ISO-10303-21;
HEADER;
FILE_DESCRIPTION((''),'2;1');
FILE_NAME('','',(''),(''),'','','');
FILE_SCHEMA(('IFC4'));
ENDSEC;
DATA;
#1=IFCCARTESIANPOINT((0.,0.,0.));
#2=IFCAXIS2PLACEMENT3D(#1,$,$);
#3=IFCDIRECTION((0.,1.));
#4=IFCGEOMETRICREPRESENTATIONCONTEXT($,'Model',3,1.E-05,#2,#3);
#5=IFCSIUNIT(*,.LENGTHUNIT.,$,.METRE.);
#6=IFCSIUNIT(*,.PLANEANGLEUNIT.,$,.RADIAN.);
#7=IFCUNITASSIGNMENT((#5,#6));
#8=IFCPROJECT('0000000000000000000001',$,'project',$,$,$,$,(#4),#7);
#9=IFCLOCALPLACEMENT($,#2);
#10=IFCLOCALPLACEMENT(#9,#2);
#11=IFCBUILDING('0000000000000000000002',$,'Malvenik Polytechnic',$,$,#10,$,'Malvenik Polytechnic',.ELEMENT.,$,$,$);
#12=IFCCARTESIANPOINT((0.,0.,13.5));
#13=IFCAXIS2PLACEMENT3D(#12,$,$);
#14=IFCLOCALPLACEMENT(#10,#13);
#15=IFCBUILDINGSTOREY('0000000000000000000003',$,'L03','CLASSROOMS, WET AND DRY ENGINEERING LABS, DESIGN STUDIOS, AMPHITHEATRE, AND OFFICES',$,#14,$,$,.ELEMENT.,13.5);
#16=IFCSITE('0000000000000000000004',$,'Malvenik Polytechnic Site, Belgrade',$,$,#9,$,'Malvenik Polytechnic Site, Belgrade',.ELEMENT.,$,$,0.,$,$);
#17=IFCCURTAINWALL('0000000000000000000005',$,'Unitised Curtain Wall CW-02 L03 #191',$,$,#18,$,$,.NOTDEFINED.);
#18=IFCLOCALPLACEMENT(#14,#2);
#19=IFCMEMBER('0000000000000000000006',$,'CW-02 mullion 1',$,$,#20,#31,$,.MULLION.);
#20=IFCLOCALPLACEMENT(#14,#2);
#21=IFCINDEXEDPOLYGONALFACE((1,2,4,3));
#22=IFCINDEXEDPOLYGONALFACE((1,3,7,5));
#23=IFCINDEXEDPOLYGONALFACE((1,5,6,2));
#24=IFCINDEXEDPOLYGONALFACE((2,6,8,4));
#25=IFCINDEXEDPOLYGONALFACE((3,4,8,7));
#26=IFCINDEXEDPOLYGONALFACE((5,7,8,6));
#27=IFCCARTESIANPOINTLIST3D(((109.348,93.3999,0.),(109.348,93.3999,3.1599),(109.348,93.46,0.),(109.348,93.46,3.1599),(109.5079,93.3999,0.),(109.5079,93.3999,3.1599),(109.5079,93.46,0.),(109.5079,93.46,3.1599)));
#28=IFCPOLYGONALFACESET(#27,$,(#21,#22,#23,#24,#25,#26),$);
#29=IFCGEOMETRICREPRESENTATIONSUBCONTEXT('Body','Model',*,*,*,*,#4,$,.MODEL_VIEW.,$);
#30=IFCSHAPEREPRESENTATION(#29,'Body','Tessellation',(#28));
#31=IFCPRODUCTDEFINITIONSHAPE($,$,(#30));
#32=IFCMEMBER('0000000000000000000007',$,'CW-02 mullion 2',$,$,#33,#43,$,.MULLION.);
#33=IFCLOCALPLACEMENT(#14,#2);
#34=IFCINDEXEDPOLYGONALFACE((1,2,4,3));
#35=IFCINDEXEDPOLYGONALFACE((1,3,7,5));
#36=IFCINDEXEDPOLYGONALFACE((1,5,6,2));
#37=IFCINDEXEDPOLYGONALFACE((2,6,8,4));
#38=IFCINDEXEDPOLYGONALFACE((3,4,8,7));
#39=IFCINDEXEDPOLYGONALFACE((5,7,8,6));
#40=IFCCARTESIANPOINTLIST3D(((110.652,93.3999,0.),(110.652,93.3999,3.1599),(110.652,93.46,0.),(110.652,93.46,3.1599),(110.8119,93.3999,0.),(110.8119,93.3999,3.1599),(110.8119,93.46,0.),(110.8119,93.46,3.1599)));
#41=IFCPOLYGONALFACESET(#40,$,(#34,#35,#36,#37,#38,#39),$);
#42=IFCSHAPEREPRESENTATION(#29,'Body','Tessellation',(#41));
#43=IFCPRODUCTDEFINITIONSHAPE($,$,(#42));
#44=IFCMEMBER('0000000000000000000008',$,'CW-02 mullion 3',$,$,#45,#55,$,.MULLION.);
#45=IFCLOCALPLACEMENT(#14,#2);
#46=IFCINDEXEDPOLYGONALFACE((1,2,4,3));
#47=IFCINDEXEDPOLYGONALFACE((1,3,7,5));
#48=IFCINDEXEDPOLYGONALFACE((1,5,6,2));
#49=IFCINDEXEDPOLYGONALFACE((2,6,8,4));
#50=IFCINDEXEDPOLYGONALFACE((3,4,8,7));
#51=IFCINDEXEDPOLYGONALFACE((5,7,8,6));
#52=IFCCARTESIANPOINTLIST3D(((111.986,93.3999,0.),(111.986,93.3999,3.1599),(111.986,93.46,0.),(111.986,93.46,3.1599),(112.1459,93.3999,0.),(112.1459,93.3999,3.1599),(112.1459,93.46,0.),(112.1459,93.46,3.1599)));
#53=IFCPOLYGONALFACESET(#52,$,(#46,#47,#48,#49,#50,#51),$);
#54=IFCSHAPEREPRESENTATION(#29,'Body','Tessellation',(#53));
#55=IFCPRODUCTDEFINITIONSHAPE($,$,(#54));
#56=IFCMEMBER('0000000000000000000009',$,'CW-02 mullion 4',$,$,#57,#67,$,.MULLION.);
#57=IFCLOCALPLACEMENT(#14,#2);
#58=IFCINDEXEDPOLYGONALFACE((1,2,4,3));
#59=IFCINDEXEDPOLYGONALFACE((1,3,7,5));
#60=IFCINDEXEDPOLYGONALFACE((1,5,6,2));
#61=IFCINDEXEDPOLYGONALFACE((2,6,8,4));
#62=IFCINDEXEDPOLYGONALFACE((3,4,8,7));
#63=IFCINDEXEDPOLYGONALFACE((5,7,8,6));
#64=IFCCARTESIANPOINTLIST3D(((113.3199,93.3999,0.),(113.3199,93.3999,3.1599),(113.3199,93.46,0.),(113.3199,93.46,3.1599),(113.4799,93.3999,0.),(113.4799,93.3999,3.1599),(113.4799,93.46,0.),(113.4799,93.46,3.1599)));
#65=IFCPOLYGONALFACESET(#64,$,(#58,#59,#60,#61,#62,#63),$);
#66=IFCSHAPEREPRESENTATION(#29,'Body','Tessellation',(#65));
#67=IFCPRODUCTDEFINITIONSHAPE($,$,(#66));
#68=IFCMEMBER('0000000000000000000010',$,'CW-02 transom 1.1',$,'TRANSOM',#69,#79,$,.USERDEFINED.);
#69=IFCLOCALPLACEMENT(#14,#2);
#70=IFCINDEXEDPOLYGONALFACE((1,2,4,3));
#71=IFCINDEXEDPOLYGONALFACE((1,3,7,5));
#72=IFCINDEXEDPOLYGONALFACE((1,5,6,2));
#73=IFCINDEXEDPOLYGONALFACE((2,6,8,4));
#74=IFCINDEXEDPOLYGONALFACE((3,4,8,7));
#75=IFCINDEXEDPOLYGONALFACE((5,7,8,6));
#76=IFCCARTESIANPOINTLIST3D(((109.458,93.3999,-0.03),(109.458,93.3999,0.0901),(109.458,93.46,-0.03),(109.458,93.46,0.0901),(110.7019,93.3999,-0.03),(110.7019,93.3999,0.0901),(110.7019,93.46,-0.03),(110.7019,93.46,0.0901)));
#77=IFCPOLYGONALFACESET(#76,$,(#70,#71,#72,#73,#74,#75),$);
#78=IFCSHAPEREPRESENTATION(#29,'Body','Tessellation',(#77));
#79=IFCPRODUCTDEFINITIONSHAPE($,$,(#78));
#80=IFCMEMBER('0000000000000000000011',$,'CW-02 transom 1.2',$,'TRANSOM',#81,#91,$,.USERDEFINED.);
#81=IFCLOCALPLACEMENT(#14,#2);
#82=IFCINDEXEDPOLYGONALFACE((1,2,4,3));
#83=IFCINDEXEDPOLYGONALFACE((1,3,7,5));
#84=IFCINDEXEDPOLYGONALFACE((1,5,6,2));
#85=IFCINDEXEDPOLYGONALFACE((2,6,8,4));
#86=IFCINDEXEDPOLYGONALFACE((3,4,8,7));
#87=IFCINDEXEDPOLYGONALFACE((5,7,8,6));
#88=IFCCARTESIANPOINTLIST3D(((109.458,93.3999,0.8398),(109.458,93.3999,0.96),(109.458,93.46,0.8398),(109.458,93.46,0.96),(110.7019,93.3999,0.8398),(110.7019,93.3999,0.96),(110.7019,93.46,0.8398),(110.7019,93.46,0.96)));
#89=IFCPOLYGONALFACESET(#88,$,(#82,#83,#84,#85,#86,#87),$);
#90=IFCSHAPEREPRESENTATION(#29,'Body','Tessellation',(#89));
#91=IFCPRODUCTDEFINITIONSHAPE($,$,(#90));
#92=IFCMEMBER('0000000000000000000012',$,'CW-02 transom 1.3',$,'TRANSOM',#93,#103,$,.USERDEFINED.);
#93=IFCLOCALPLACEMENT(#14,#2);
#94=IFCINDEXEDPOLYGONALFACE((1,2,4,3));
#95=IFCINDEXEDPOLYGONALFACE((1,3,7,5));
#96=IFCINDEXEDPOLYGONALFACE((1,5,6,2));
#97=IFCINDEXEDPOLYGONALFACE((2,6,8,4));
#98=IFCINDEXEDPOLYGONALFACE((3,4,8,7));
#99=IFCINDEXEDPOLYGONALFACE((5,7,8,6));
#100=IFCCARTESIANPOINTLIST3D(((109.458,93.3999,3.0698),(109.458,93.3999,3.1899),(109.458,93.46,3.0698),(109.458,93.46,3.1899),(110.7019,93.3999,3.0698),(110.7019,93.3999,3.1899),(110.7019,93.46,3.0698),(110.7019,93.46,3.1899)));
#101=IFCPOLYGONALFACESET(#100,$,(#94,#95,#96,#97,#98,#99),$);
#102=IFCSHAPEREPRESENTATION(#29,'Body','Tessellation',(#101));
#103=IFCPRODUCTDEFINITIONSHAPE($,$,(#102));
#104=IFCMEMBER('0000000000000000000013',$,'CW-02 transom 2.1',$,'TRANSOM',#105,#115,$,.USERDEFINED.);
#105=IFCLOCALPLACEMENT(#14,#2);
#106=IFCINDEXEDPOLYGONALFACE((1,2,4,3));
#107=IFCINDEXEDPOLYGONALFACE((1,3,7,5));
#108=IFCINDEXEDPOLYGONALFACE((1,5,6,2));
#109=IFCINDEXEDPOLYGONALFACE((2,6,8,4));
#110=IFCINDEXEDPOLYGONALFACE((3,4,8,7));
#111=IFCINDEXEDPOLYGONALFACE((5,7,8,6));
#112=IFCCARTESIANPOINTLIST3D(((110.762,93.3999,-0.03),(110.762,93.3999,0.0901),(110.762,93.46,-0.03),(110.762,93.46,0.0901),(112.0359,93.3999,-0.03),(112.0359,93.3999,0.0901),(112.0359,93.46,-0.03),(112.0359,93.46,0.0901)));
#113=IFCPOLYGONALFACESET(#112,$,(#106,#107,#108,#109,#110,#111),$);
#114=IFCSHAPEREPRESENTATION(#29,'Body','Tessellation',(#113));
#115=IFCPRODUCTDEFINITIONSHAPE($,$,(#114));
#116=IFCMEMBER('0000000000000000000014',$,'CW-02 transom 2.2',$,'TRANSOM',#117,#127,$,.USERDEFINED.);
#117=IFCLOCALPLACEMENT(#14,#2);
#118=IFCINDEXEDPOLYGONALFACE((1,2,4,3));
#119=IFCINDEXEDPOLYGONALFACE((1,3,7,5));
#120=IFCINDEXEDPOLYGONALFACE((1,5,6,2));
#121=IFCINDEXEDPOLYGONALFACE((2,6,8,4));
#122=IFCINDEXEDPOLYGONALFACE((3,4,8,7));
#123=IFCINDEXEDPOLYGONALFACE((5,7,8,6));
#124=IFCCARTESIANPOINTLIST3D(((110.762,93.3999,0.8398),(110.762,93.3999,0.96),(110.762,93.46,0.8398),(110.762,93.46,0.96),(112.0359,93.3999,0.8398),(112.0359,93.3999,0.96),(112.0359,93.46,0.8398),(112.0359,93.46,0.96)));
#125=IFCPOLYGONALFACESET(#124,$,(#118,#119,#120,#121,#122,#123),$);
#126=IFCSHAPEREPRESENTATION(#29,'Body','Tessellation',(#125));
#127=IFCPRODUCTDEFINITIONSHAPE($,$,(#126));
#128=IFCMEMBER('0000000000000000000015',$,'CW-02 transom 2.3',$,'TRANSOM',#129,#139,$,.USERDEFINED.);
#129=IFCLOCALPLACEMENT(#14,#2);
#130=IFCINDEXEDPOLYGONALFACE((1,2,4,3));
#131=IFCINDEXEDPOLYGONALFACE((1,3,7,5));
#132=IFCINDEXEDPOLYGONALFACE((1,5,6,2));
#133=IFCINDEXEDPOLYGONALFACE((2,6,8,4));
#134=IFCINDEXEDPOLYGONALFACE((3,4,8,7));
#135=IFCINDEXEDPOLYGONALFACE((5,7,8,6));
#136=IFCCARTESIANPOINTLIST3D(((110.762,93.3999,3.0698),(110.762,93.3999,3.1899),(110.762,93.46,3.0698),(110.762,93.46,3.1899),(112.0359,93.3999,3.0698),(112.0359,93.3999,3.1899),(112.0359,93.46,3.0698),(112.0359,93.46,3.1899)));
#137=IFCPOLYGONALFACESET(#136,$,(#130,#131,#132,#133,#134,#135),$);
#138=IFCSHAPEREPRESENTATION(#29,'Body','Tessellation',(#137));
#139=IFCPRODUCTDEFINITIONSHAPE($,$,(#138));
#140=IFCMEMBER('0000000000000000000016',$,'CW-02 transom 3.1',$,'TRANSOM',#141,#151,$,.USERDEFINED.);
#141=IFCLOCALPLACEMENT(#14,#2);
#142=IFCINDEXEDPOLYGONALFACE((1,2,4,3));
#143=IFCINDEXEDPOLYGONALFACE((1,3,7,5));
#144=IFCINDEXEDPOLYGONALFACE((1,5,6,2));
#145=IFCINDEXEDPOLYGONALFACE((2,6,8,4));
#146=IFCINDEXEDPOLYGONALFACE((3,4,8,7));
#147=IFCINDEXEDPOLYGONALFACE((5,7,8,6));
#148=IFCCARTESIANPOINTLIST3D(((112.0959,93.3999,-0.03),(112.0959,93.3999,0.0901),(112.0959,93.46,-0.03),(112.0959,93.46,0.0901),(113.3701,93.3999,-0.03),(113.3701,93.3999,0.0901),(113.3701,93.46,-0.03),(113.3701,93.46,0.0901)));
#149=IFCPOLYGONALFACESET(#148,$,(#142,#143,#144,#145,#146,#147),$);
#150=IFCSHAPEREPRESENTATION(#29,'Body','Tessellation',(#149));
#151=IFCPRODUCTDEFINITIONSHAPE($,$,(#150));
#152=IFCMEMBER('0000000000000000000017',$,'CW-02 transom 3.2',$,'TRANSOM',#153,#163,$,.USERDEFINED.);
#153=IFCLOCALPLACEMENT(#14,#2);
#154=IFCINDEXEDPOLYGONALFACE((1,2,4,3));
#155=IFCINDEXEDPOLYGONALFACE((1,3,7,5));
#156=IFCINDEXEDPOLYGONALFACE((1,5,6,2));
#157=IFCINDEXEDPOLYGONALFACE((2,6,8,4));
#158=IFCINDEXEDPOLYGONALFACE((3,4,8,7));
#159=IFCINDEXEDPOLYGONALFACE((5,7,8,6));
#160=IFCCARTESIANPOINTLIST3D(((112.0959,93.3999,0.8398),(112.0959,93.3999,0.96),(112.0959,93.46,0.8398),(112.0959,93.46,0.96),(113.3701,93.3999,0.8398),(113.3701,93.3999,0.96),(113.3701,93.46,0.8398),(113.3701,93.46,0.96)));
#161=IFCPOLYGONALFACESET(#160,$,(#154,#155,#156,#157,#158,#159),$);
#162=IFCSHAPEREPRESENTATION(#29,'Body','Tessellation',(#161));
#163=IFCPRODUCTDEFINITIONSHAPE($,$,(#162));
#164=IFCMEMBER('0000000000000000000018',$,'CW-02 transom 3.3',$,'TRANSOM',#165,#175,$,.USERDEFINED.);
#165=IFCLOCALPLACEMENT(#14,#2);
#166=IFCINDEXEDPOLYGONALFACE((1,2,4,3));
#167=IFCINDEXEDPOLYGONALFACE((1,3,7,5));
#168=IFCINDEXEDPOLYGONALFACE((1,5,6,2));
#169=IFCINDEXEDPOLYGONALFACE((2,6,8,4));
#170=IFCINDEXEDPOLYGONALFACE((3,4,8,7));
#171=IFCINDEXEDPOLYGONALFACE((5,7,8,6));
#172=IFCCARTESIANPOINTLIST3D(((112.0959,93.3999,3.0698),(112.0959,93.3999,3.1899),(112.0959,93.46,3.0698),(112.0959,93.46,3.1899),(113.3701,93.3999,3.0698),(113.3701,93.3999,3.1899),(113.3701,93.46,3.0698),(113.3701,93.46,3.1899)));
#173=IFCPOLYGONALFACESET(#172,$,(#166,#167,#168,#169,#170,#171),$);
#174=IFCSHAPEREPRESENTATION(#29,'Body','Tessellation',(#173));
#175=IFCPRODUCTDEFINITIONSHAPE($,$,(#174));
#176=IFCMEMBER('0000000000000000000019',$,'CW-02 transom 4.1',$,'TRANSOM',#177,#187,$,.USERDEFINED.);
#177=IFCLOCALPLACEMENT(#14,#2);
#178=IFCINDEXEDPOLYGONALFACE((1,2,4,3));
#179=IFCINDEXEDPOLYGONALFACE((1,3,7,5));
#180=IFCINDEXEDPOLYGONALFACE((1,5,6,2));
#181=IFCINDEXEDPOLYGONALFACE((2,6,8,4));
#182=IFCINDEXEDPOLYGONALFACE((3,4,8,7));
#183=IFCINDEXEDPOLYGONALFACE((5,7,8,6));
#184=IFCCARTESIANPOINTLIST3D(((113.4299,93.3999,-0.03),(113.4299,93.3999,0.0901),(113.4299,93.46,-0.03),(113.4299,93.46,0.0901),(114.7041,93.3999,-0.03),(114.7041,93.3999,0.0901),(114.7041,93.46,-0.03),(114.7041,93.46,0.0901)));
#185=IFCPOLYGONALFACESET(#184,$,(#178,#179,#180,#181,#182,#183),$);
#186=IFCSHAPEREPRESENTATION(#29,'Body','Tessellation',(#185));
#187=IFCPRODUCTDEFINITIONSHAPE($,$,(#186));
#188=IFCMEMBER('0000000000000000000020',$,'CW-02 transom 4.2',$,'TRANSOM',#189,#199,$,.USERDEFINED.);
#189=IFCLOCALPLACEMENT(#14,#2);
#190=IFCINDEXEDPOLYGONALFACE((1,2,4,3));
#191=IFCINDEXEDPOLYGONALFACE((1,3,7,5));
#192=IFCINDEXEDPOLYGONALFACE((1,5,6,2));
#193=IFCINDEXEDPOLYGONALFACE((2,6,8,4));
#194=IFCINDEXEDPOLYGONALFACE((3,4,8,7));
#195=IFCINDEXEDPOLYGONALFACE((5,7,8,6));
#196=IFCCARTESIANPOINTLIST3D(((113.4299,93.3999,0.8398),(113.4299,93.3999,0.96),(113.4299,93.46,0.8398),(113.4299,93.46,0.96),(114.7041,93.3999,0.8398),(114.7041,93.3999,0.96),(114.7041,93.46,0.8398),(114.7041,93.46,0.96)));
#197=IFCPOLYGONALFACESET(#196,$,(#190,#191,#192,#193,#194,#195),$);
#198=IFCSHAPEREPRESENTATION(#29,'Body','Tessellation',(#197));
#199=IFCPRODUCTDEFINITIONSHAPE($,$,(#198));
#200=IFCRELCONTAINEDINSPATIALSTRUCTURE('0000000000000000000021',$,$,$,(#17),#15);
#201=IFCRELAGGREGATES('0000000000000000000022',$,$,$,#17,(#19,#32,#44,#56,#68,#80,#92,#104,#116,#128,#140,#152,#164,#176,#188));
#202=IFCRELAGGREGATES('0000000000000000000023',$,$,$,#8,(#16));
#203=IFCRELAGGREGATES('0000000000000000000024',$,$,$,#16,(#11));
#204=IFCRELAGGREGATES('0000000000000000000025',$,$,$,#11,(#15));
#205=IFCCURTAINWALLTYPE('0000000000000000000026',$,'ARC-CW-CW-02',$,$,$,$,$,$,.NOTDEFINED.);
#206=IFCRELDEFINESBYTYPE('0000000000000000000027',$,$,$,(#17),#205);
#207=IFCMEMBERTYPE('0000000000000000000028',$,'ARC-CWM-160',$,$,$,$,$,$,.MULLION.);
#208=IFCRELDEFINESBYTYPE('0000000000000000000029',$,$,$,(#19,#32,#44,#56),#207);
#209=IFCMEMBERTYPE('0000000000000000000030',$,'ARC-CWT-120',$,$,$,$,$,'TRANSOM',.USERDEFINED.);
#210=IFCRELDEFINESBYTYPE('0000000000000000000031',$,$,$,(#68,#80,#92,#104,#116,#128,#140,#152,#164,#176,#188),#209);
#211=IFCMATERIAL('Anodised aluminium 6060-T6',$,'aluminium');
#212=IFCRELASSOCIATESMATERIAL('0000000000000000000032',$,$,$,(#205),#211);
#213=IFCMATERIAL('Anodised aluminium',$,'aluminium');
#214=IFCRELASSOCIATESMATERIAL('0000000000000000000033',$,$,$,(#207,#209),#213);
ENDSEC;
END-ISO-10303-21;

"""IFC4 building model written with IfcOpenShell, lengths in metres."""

from ifc_helpers import new_model, si_unit, direction, frame, origin, origin_2d, place, context, subcontext, project, spatial, rectangle, extrude, material, material_profile, profile_set, type_object, element, aggregate, save


model = new_model("IFC4")

# Units and contexts
model_context = context("Model", 3, precision=1e-05, world=origin(), true_north=direction((0.0, 1.0)))
body_context = subcontext(model_context, "Body", "Model", "MODEL_VIEW")
ifc_project = project(units=[si_unit("LENGTHUNIT", "METRE"), si_unit("PLANEANGLEUNIT", "RADIAN")], contexts=[model_context])

# Site, building, storey
site_placement = place(None, origin())
site = spatial("IfcSite", under=ifc_project, at=site_placement, Name="Malvenik Polytechnic Site, Belgrade", LongName="Malvenik Polytechnic Site, Belgrade", CompositionType="ELEMENT", RefElevation=0.0)
building_placement = place(site_placement, origin())
building = spatial("IfcBuilding", under=site, at=building_placement, Name="Malvenik Polytechnic", LongName="Malvenik Polytechnic", CompositionType="ELEMENT")
storey_placement = place(building_placement, frame((0.0, 0.0, 13.5)))
storey = spatial("IfcBuildingStorey", under=building, at=storey_placement, Name="L03", Description="CLASSROOMS, WET AND DRY ENGINEERING LABS, DESIGN STUDIOS, AMPHITHEATRE, AND OFFICES", CompositionType="ELEMENT", Elevation=13.5)

# Curtain wall, members
ifc_material_1 = material(Name="Anodised aluminium 6060-T6", Category="aluminium")
curtain_wall_type = type_object("IfcCurtainWallType", Name="ARC-CW-CW-02", PredefinedType="NOTDEFINED", material=ifc_material_1)
curtain_wall_placement = place(storey_placement, origin())
curtain_wall = element("IfcCurtainWall", 1, at=curtain_wall_placement, inside=storey, type_object=curtain_wall_type, Name="Unitised Curtain Wall CW-02 L03 #191", PredefinedType="NOTDEFINED")
ifc_material_2 = material(Name="Anodised aluminium", Category="aluminium")
ifc_material_profile_1 = material_profile(ifc_material_2, rectangle(XDim=0.0601, YDim=0.1599, at=origin_2d()), Name="ALU MULLION 60x160")
ifc_profile_set_1 = profile_set([ifc_material_profile_1], Name="Anodised aluminium")
member_type_1 = type_object("IfcMemberType", Name="ARC-CWM-160", PredefinedType="MULLION", material=ifc_profile_set_1)
member_1_placement = place(storey_placement, frame((109.428, 93.4299, 0.0), z_axis=(0.0, 0.0, 1.0), x_axis=(0.0, 1.0, 0.0)))
member_1 = element("IfcMember", 2, at=member_1_placement, type_object=member_type_1, Name="CW-02 mullion 1", PredefinedType="MULLION", context=body_context, shape_type="SweptSolid", body=[
    extrude(rectangle(XDim=0.0601, YDim=0.1599, at=origin_2d()), origin(), (0.0, 0.0, 1.0), 3.1599),
])
member_2_placement = place(storey_placement, frame((110.7319, 93.4299, 0.0), z_axis=(0.0, 0.0, 1.0), x_axis=(0.0, 1.0, 0.0)))
member_2 = element("IfcMember", 3, at=member_2_placement, type_object=member_type_1, Name="CW-02 mullion 2", PredefinedType="MULLION", context=body_context, shape_type="SweptSolid", body=[
    extrude(rectangle(XDim=0.0601, YDim=0.1599, at=origin_2d()), origin(), (0.0, 0.0, 1.0), 3.1599),
])
member_3_placement = place(storey_placement, frame((112.0659, 93.4299, 0.0), z_axis=(0.0, 0.0, 1.0), x_axis=(0.0, 1.0, 0.0)))
member_3 = element("IfcMember", 4, at=member_3_placement, type_object=member_type_1, Name="CW-02 mullion 3", PredefinedType="MULLION", context=body_context, shape_type="SweptSolid", body=[
    extrude(rectangle(XDim=0.0601, YDim=0.1599, at=origin_2d()), origin(), (0.0, 0.0, 1.0), 3.1599),
])
member_4_placement = place(storey_placement, frame((113.3999, 93.4299, 0.0), z_axis=(0.0, 0.0, 1.0), x_axis=(0.0, 1.0, 0.0)))
member_4 = element("IfcMember", 5, at=member_4_placement, type_object=member_type_1, Name="CW-02 mullion 4", PredefinedType="MULLION", context=body_context, shape_type="SweptSolid", body=[
    extrude(rectangle(XDim=0.0601, YDim=0.1599, at=origin_2d()), origin(), (0.0, 0.0, 1.0), 3.1599),
])
ifc_material_profile_2 = material_profile(ifc_material_2, rectangle(XDim=0.0601, YDim=0.1201, at=origin_2d()), Name="ALU TRANSOM 60x120")
ifc_profile_set_2 = profile_set([ifc_material_profile_2], Name="Anodised aluminium")
member_type_2 = type_object("IfcMemberType", Name="ARC-CWT-120", ElementType="TRANSOM", PredefinedType="USERDEFINED", material=ifc_profile_set_2)
member_5_placement = place(storey_placement, frame((109.458, 93.4299, 0.03), z_axis=(1.0, 0.0, 0.0), x_axis=(0.0, 1.0, 0.0)))
member_5 = element("IfcMember", 6, at=member_5_placement, type_object=member_type_2, Name="CW-02 transom 1.1", ObjectType="TRANSOM", PredefinedType="USERDEFINED", context=body_context, shape_type="SweptSolid", body=[
    extrude(rectangle(XDim=0.0601, YDim=0.1201, at=origin_2d()), origin(), (0.0, 0.0, 1.0), 1.2439),
])
member_6_placement = place(storey_placement, frame((109.458, 93.4299, 0.8999), z_axis=(1.0, 0.0, 0.0), x_axis=(0.0, 1.0, 0.0)))
member_6 = element("IfcMember", 7, at=member_6_placement, type_object=member_type_2, Name="CW-02 transom 1.2", ObjectType="TRANSOM", PredefinedType="USERDEFINED", context=body_context, shape_type="SweptSolid", body=[
    extrude(rectangle(XDim=0.0601, YDim=0.1201, at=origin_2d()), origin(), (0.0, 0.0, 1.0), 1.2439),
])
member_7_placement = place(storey_placement, frame((109.458, 93.4299, 3.1299), z_axis=(1.0, 0.0, 0.0), x_axis=(0.0, 1.0, 0.0)))
member_7 = element("IfcMember", 8, at=member_7_placement, type_object=member_type_2, Name="CW-02 transom 1.3", ObjectType="TRANSOM", PredefinedType="USERDEFINED", context=body_context, shape_type="SweptSolid", body=[
    extrude(rectangle(XDim=0.0601, YDim=0.1201, at=origin_2d()), origin(), (0.0, 0.0, 1.0), 1.2439),
])
member_8_placement = place(storey_placement, frame((110.762, 93.4299, 0.03), z_axis=(1.0, 0.0, 0.0), x_axis=(0.0, 1.0, 0.0)))
member_8 = element("IfcMember", 9, at=member_8_placement, type_object=member_type_2, Name="CW-02 transom 2.1", ObjectType="TRANSOM", PredefinedType="USERDEFINED", context=body_context, shape_type="SweptSolid", body=[
    extrude(rectangle(XDim=0.0601, YDim=0.1201, at=origin_2d()), origin(), (0.0, 0.0, 1.0), 1.2739),
])
member_9_placement = place(storey_placement, frame((110.762, 93.4299, 0.8999), z_axis=(1.0, 0.0, 0.0), x_axis=(0.0, 1.0, 0.0)))
member_9 = element("IfcMember", 10, at=member_9_placement, type_object=member_type_2, Name="CW-02 transom 2.2", ObjectType="TRANSOM", PredefinedType="USERDEFINED", context=body_context, shape_type="SweptSolid", body=[
    extrude(rectangle(XDim=0.0601, YDim=0.1201, at=origin_2d()), origin(), (0.0, 0.0, 1.0), 1.2739),
])
member_10_placement = place(storey_placement, frame((110.762, 93.4299, 3.1299), z_axis=(1.0, 0.0, 0.0), x_axis=(0.0, 1.0, 0.0)))
member_10 = element("IfcMember", 11, at=member_10_placement, type_object=member_type_2, Name="CW-02 transom 2.3", ObjectType="TRANSOM", PredefinedType="USERDEFINED", context=body_context, shape_type="SweptSolid", body=[
    extrude(rectangle(XDim=0.0601, YDim=0.1201, at=origin_2d()), origin(), (0.0, 0.0, 1.0), 1.2739),
])
member_11_placement = place(storey_placement, frame((112.0959, 93.4299, 0.03), z_axis=(1.0, 0.0, 0.0), x_axis=(0.0, 1.0, 0.0)))
member_11 = element("IfcMember", 12, at=member_11_placement, type_object=member_type_2, Name="CW-02 transom 3.1", ObjectType="TRANSOM", PredefinedType="USERDEFINED", context=body_context, shape_type="SweptSolid", body=[
    extrude(rectangle(XDim=0.0601, YDim=0.1201, at=origin_2d()), origin(), (0.0, 0.0, 1.0), 1.2742),
])
member_12_placement = place(storey_placement, frame((112.0959, 93.4299, 0.8999), z_axis=(1.0, 0.0, 0.0), x_axis=(0.0, 1.0, 0.0)))
member_12 = element("IfcMember", 13, at=member_12_placement, type_object=member_type_2, Name="CW-02 transom 3.2", ObjectType="TRANSOM", PredefinedType="USERDEFINED", context=body_context, shape_type="SweptSolid", body=[
    extrude(rectangle(XDim=0.0601, YDim=0.1201, at=origin_2d()), origin(), (0.0, 0.0, 1.0), 1.2742),
])
member_13_placement = place(storey_placement, frame((112.0959, 93.4299, 3.1299), z_axis=(1.0, 0.0, 0.0), x_axis=(0.0, 1.0, 0.0)))
member_13 = element("IfcMember", 14, at=member_13_placement, type_object=member_type_2, Name="CW-02 transom 3.3", ObjectType="TRANSOM", PredefinedType="USERDEFINED", context=body_context, shape_type="SweptSolid", body=[
    extrude(rectangle(XDim=0.0601, YDim=0.1201, at=origin_2d()), origin(), (0.0, 0.0, 1.0), 1.2742),
])
member_14_placement = place(storey_placement, frame((113.4299, 93.4299, 0.03), z_axis=(1.0, 0.0, 0.0), x_axis=(0.0, 1.0, 0.0)))
member_14 = element("IfcMember", 15, at=member_14_placement, type_object=member_type_2, Name="CW-02 transom 4.1", ObjectType="TRANSOM", PredefinedType="USERDEFINED", context=body_context, shape_type="SweptSolid", body=[
    extrude(rectangle(XDim=0.0601, YDim=0.1201, at=origin_2d()), origin(), (0.0, 0.0, 1.0), 1.2742),
])
member_15_placement = place(storey_placement, frame((113.4299, 93.4299, 0.8999), z_axis=(1.0, 0.0, 0.0), x_axis=(0.0, 1.0, 0.0)))
member_15 = element("IfcMember", 16, at=member_15_placement, type_object=member_type_2, Name="CW-02 transom 4.2", ObjectType="TRANSOM", PredefinedType="USERDEFINED", context=body_context, shape_type="SweptSolid", body=[
    extrude(rectangle(XDim=0.0601, YDim=0.1201, at=origin_2d()), origin(), (0.0, 0.0, 1.0), 1.2742),
])

aggregate(curtain_wall, [member_1, member_2, member_3, member_4, member_5, member_6, member_7, member_8, member_9, member_10, member_11, member_12, member_13, member_14, member_15])

save(model, "model.ifc")
